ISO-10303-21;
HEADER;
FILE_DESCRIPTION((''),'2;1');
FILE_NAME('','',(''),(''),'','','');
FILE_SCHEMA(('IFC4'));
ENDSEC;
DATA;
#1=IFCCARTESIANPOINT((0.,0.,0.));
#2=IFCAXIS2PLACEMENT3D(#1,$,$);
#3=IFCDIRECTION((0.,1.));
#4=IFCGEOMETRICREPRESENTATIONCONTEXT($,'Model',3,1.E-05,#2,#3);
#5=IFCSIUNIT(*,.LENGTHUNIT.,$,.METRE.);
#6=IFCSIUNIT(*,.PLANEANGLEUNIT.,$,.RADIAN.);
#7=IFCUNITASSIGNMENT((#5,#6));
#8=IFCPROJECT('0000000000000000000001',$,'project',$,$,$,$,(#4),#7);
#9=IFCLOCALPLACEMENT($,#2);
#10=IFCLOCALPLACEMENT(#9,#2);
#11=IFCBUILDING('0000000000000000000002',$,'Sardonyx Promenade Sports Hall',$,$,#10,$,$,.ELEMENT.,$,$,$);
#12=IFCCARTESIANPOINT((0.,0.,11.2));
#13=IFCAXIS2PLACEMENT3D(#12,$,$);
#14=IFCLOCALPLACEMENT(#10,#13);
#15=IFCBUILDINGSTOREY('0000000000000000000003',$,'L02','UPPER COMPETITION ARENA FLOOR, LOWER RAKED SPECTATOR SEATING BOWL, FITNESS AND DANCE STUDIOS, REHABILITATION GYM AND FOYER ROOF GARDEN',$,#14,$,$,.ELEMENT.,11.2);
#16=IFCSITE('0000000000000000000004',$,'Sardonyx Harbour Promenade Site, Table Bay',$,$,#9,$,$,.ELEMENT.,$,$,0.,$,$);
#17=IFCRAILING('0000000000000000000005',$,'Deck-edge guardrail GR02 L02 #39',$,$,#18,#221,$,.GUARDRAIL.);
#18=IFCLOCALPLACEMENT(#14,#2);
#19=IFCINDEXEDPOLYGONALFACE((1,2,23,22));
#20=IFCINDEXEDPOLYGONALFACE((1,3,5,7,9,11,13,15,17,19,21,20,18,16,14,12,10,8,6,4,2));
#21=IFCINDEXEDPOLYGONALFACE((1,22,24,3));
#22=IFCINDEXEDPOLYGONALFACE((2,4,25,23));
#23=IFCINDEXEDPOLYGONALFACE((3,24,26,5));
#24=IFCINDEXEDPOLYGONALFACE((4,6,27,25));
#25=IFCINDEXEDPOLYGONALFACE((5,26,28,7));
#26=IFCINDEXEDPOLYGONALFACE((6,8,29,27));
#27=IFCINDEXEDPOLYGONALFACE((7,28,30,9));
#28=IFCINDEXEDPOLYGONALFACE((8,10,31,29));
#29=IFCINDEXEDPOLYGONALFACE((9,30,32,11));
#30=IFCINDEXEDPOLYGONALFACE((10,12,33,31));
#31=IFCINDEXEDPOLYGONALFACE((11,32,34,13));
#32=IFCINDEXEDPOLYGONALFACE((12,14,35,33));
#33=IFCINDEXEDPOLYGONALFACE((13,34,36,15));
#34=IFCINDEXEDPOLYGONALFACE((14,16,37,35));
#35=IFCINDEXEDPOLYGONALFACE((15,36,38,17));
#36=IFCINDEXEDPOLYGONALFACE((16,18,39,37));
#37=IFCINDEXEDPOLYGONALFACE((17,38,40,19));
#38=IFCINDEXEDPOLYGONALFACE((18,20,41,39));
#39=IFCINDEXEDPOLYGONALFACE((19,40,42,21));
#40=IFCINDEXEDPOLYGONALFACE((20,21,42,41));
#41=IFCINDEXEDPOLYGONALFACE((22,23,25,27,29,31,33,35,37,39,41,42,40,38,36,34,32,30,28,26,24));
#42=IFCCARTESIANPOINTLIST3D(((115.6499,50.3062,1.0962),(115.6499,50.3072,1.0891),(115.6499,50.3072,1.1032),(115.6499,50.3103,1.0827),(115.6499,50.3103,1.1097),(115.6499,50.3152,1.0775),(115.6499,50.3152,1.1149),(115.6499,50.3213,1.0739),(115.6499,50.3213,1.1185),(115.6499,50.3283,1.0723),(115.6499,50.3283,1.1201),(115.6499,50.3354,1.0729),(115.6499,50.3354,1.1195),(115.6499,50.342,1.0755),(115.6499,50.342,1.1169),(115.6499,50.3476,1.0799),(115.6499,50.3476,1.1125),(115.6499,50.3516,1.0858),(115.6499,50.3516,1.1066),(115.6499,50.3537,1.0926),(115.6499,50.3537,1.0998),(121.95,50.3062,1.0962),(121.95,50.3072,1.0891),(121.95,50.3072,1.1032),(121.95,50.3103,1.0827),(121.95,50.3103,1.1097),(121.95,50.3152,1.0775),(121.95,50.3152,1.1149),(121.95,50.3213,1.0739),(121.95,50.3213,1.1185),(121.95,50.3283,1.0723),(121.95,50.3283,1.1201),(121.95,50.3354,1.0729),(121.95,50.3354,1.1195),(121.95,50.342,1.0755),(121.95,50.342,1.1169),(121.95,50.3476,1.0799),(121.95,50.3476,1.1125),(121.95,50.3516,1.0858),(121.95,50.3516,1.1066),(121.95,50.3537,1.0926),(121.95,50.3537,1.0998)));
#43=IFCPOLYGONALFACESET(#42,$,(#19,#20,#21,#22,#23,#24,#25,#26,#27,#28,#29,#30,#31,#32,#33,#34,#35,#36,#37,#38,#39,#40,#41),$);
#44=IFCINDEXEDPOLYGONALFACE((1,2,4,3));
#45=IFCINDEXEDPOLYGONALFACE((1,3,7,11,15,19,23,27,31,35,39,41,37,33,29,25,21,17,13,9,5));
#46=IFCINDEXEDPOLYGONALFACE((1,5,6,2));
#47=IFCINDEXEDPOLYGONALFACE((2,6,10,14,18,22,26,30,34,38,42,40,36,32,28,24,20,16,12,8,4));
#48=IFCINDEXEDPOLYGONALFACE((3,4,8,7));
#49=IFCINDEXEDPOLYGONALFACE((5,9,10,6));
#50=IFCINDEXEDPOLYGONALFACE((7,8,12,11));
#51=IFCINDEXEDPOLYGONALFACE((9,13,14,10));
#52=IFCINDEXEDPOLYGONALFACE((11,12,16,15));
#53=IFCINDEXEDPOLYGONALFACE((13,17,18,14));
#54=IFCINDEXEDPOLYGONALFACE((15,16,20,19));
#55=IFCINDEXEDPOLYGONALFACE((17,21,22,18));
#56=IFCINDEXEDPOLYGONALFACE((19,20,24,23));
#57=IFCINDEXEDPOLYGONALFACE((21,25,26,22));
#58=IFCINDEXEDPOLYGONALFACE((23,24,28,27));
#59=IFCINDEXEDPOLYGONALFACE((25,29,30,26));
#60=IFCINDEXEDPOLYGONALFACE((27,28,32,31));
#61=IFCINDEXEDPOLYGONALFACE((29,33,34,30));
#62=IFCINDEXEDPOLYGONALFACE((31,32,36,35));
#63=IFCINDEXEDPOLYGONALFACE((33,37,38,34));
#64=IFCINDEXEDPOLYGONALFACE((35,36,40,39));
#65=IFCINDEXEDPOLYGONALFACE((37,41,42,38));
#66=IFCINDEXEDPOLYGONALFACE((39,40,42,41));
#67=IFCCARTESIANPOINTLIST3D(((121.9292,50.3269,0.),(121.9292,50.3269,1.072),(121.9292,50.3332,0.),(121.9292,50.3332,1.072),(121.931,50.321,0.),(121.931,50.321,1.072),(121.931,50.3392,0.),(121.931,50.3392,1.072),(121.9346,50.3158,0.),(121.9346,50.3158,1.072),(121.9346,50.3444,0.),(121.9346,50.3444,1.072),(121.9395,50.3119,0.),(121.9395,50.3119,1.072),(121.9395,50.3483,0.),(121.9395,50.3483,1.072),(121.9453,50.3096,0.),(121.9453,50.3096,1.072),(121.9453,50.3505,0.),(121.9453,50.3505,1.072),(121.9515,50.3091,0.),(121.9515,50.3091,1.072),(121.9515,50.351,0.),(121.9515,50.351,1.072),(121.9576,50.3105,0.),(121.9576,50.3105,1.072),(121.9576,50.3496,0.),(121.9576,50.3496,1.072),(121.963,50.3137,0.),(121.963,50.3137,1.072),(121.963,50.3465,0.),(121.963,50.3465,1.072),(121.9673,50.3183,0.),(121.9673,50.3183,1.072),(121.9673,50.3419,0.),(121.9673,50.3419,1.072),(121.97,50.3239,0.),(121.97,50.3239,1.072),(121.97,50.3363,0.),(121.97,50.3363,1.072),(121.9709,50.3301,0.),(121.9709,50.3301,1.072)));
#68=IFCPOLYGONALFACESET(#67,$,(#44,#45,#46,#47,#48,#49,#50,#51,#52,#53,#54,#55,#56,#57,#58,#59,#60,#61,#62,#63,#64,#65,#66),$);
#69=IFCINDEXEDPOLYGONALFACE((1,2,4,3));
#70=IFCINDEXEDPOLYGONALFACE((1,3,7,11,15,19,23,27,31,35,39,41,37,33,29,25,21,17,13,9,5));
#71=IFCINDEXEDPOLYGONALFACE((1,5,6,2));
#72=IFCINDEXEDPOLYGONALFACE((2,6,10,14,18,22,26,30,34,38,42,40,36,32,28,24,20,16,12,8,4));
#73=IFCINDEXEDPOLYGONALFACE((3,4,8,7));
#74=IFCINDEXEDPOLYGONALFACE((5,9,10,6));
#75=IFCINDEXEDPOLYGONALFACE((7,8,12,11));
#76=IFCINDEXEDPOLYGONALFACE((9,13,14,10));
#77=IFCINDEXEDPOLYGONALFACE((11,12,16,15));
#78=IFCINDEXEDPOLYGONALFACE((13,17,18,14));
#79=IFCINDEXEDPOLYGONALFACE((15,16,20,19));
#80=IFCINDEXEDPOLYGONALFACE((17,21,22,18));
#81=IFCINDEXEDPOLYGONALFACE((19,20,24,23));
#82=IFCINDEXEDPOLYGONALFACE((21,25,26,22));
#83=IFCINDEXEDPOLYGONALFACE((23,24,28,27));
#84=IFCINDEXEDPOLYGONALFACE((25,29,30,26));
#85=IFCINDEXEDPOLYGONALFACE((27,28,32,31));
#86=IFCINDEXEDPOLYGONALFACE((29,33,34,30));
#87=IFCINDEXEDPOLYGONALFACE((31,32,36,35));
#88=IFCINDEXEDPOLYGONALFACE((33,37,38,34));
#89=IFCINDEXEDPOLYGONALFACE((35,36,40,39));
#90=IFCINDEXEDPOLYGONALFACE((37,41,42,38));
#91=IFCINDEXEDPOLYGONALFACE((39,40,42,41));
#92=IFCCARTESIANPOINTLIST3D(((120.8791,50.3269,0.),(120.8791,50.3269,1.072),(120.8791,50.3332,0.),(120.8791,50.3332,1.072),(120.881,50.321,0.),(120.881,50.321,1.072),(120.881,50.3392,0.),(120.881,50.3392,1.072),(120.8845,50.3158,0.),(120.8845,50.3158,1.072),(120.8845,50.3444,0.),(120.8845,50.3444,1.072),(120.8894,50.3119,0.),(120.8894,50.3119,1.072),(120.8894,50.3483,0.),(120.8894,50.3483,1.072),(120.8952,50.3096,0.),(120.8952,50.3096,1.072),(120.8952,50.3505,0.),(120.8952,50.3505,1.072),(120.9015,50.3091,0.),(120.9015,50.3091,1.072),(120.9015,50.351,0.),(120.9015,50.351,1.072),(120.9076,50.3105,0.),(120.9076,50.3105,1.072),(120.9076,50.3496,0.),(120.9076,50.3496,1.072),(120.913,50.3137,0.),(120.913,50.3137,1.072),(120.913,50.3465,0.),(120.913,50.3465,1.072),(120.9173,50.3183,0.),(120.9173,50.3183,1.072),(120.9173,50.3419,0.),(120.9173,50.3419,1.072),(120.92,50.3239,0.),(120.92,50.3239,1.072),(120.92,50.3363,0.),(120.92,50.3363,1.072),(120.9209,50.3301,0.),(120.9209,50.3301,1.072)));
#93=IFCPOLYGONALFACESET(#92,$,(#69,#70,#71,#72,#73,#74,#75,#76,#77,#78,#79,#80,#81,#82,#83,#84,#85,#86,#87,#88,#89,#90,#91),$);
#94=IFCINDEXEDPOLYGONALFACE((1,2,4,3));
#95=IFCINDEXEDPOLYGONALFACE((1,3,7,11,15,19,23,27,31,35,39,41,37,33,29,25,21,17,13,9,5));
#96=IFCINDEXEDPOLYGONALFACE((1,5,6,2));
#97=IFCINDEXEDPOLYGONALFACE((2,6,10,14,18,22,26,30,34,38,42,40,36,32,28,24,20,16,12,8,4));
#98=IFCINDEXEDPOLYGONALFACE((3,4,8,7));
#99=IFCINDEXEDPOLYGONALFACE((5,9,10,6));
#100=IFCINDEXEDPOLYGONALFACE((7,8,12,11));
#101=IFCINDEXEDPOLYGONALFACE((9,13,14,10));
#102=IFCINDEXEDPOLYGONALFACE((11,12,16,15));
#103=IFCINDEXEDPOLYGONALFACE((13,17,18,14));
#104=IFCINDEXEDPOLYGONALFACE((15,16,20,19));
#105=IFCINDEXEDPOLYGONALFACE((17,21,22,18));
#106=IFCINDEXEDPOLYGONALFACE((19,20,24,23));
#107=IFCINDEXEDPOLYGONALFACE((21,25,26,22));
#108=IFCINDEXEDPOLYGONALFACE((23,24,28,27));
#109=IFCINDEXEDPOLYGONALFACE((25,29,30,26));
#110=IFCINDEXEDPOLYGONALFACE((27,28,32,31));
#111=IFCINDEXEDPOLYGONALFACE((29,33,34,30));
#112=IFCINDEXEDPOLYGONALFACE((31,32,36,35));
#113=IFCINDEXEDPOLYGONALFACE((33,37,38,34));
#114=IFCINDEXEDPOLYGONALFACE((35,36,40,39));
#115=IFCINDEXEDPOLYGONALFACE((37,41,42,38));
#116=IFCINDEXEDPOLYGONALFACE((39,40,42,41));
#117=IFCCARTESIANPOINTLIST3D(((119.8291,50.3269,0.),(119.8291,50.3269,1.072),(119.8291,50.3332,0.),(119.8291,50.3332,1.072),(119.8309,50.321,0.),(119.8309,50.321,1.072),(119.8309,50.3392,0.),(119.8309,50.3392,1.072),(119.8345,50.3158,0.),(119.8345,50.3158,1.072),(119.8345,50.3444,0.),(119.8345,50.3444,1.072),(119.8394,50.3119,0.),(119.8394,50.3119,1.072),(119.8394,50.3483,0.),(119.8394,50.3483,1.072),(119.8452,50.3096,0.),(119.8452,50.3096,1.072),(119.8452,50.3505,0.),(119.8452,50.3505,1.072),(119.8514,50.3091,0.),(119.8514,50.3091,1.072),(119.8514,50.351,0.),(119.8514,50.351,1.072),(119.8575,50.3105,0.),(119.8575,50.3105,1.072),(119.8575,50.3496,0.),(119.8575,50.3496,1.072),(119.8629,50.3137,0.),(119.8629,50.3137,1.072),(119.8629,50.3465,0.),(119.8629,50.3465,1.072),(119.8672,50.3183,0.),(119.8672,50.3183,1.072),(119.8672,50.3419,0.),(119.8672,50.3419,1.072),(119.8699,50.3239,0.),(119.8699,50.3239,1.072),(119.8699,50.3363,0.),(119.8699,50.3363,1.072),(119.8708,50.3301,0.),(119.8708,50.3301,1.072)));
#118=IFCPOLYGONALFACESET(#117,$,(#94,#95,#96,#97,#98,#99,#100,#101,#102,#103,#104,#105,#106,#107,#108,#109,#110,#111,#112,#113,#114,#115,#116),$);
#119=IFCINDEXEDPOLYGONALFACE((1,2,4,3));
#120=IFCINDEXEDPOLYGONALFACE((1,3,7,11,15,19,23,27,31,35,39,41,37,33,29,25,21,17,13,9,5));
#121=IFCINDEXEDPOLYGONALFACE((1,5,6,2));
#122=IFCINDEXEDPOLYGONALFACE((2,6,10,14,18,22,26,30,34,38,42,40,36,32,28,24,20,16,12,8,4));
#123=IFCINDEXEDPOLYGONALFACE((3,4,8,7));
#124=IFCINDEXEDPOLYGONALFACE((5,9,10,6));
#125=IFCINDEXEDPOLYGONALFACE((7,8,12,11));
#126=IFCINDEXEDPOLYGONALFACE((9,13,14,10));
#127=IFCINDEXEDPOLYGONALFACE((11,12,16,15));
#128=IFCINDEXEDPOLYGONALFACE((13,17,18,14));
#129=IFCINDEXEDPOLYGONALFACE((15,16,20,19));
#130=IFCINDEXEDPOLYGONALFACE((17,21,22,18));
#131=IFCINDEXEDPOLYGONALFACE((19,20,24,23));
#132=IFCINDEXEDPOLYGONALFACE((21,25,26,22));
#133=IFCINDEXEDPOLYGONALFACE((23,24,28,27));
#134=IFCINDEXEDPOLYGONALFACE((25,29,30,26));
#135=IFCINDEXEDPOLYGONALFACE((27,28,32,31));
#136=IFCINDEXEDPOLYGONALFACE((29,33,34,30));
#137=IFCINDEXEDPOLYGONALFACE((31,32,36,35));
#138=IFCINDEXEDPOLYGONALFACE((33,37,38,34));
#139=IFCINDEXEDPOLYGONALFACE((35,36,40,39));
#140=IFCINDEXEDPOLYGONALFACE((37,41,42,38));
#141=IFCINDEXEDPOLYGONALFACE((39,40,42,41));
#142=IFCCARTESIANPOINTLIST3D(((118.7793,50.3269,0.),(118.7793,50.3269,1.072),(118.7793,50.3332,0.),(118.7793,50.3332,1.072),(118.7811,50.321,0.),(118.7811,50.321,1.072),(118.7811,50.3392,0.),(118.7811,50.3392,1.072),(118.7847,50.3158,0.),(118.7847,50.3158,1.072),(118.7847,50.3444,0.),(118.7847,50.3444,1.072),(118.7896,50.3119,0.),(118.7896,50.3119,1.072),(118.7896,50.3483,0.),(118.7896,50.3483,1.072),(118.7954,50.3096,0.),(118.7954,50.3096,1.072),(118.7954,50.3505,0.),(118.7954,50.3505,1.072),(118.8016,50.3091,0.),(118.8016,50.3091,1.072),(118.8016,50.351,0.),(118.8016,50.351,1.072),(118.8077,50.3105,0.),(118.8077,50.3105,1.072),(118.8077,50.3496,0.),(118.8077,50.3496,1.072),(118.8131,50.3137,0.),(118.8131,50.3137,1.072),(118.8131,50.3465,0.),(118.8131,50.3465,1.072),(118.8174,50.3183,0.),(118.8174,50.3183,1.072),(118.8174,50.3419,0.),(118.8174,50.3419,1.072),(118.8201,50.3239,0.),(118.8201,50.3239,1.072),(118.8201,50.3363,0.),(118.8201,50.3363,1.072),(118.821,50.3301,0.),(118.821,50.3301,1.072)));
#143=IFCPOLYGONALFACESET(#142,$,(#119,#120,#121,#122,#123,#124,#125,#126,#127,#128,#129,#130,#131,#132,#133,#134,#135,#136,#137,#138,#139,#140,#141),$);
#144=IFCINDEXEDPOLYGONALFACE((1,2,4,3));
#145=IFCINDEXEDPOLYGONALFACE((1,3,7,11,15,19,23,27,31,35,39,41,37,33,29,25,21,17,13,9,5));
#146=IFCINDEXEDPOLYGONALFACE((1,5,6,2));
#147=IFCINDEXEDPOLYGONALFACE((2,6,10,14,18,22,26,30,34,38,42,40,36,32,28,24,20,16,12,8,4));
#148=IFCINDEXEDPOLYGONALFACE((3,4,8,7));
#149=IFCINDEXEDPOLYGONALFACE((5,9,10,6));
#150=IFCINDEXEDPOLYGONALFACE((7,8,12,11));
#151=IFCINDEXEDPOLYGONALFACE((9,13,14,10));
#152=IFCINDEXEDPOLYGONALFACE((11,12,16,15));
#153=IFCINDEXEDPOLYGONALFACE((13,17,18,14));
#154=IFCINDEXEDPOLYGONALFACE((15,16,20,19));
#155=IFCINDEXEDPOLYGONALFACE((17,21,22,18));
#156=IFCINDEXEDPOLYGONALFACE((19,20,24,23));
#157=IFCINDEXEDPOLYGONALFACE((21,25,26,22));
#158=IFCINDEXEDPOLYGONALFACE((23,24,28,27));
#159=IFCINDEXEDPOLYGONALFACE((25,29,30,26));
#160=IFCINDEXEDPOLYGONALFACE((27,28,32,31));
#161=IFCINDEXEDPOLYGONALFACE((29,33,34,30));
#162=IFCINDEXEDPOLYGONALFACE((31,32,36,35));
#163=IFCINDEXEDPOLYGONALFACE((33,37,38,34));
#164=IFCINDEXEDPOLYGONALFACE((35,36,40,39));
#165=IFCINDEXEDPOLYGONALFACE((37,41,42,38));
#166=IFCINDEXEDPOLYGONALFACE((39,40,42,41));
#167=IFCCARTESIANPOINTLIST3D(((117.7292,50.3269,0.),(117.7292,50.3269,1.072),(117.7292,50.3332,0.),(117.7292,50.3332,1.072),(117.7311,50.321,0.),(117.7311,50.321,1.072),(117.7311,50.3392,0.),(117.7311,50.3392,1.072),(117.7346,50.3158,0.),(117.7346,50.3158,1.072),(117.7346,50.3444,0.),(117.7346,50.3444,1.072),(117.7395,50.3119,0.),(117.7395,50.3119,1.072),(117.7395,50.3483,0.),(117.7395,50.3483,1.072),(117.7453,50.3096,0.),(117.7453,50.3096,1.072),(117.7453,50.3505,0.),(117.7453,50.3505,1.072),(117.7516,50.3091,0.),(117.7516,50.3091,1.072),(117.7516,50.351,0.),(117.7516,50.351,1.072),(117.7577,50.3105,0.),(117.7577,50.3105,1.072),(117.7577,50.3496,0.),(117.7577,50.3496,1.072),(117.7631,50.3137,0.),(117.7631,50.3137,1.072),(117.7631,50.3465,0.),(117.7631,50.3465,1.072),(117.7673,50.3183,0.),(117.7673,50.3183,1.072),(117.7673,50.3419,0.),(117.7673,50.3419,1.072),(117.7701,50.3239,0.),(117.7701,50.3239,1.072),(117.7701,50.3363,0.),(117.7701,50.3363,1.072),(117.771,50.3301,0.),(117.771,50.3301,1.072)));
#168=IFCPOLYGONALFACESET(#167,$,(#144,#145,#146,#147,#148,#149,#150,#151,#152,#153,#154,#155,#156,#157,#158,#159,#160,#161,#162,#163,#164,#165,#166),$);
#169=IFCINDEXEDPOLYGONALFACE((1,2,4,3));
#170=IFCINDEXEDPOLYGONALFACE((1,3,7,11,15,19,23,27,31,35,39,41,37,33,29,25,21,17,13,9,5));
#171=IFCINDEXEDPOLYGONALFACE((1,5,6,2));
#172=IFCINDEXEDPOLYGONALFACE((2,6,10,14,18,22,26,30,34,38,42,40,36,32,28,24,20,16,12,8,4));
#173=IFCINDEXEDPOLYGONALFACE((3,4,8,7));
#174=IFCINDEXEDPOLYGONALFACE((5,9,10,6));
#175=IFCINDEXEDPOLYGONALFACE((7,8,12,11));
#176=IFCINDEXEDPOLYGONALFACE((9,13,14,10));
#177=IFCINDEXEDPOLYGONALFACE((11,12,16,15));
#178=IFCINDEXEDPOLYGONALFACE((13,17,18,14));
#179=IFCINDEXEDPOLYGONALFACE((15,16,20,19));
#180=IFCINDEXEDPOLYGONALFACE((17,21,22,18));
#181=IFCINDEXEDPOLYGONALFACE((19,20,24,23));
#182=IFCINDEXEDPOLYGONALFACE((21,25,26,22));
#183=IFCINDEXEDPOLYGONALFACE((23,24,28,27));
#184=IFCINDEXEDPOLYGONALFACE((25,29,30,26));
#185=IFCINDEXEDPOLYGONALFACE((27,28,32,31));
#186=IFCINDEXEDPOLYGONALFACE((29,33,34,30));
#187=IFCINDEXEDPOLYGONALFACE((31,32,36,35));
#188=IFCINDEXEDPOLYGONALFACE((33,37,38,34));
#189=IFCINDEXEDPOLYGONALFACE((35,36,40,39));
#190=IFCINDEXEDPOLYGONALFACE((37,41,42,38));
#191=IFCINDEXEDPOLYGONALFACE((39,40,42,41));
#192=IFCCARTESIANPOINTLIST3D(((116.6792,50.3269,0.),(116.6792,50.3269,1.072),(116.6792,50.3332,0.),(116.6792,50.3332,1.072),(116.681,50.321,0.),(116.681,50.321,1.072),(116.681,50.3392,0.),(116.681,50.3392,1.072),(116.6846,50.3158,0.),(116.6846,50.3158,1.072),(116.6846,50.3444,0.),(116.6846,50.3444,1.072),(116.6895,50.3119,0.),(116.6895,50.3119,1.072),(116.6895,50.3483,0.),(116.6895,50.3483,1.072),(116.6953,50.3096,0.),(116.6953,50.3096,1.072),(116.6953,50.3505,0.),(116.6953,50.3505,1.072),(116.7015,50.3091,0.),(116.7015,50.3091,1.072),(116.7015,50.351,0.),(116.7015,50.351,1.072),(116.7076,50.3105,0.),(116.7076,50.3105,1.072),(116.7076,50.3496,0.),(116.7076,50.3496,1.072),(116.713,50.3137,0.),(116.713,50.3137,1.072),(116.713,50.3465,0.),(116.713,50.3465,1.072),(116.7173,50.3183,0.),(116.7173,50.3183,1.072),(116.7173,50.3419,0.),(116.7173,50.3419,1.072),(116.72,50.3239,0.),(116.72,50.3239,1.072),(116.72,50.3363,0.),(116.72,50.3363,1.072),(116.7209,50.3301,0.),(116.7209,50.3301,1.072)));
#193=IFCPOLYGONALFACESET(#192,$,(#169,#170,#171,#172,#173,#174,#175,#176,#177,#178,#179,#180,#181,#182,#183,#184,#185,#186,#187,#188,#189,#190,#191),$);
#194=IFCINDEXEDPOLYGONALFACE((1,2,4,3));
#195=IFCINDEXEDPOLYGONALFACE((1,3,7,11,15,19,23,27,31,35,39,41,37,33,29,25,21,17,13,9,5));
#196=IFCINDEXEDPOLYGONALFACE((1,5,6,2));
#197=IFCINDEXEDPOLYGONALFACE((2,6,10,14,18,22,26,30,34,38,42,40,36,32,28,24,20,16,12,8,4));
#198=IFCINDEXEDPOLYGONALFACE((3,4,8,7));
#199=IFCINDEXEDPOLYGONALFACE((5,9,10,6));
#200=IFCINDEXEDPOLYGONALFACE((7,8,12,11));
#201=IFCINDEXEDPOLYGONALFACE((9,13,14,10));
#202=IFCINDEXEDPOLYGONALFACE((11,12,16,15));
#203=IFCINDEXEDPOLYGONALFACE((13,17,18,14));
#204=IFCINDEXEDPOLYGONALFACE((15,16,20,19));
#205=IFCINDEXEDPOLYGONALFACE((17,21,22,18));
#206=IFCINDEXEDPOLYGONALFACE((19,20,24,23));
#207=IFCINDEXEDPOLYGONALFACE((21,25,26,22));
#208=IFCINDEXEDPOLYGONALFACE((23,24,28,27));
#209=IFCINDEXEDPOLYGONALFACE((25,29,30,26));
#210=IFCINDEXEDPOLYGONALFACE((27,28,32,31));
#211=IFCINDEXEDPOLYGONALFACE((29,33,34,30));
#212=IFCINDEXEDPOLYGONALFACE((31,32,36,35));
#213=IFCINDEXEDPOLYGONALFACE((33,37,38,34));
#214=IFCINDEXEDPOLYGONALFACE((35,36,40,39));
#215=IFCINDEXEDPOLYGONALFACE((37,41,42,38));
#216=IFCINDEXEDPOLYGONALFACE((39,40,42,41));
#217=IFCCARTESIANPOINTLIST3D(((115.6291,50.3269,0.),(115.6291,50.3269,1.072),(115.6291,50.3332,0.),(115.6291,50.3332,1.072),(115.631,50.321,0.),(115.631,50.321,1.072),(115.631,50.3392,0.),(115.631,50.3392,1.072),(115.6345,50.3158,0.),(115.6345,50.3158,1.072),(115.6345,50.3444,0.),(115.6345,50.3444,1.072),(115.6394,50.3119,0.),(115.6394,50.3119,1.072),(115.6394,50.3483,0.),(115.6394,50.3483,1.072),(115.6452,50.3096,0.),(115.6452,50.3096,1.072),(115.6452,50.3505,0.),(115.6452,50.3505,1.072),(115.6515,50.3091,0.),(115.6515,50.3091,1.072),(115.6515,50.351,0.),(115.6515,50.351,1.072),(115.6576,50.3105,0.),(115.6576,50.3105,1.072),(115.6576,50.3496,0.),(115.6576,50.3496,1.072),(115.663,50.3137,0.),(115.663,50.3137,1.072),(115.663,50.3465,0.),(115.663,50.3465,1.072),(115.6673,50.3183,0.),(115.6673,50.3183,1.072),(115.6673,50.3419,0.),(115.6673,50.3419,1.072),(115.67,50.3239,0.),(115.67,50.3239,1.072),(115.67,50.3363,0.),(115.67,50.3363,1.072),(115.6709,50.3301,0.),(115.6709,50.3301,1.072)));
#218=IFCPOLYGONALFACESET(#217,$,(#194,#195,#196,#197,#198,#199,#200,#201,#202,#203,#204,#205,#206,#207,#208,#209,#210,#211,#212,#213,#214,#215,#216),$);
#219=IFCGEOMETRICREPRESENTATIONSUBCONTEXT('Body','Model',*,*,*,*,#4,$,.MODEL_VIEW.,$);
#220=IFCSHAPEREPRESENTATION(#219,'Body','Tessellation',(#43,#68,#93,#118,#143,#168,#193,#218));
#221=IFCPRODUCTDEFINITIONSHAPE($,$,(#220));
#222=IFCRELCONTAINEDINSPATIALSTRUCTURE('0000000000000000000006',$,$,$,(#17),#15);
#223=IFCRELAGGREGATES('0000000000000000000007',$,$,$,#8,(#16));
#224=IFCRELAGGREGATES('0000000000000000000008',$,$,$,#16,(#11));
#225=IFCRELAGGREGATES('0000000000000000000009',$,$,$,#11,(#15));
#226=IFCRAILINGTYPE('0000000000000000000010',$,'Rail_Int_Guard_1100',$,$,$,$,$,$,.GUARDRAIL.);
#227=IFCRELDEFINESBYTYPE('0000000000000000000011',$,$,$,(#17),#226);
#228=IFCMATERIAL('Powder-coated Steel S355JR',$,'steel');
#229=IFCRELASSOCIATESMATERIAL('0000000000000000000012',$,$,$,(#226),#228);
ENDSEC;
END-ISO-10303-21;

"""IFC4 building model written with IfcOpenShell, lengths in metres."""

from ifc_helpers import new_model, si_unit, direction, frame, origin, origin_2d, place, context, subcontext, project, spatial, circle, extrude, material, type_object, element, save


model = new_model("IFC4")

# Units and contexts
model_context = context("Model", 3, precision=1e-05, world=origin(), true_north=direction((0.0, 1.0)))
body_context = subcontext(model_context, "Body", "Model", "MODEL_VIEW")
ifc_project = project(units=[si_unit("LENGTHUNIT", "METRE"), si_unit("PLANEANGLEUNIT", "RADIAN")], contexts=[model_context])

# Site, building, storey
site_placement = place(None, origin())
site = spatial("IfcSite", under=ifc_project, at=site_placement, Name="Sardonyx Harbour Promenade Site, Table Bay", CompositionType="ELEMENT", RefElevation=0.0)
building_placement = place(site_placement, origin())
building = spatial("IfcBuilding", under=site, at=building_placement, Name="Sardonyx Promenade Sports Hall", CompositionType="ELEMENT")
storey_placement = place(building_placement, frame((0.0, 0.0, 11.2)))
storey = spatial("IfcBuildingStorey", under=building, at=storey_placement, Name="L02", Description="UPPER COMPETITION ARENA FLOOR, LOWER RAKED SPECTATOR SEATING BOWL, FITNESS AND DANCE STUDIOS, REHABILITATION GYM AND FOYER ROOF GARDEN", CompositionType="ELEMENT", Elevation=11.2)

# Railing
ifc_material_1 = material(Name="Powder-coated Steel S355JR", Category="steel")
railing_type = type_object("IfcRailingType", Name="Rail_Int_Guard_1100", PredefinedType="GUARDRAIL", material=ifc_material_1)
railing_1_placement = place(storey_placement, frame((121.95, 50.3301, 0.0)))
element("IfcRailing", 1, at=railing_1_placement, inside=storey, type_object=railing_type, Name="Deck-edge guardrail GR02 L02 #39", PredefinedType="GUARDRAIL", context=body_context, shape_type="SweptSolid", body=[
    extrude(circle(Radius=0.0239, at=origin_2d()), frame((0.0, 0.0, 1.0962), z_axis=(-1.0, 0.0, 0.0), x_axis=(0.0, -1.0, 0.0)), (0.0, 0.0, 1.0), 6.3),
    extrude(circle(Radius=0.021, at=origin_2d()), origin(), (0.0, 0.0, 1.0), 1.072),
    extrude(circle(Radius=0.021, at=origin_2d()), frame((-1.05, 0.0, 0.0)), (0.0, 0.0, 1.0), 1.072),
    extrude(circle(Radius=0.021, at=origin_2d()), frame((-2.1001, 0.0, 0.0)), (0.0, 0.0, 1.0), 1.072),
    extrude(circle(Radius=0.021, at=origin_2d()), frame((-3.1499, 0.0, 0.0)), (0.0, 0.0, 1.0), 1.072),
    extrude(circle(Radius=0.021, at=origin_2d()), frame((-4.2, 0.0, 0.0)), (0.0, 0.0, 1.0), 1.072),
    extrude(circle(Radius=0.021, at=origin_2d()), frame((-5.25, 0.0, 0.0)), (0.0, 0.0, 1.0), 1.072),
    extrude(circle(Radius=0.021, at=origin_2d()), frame((-6.3, 0.0, 0.0)), (0.0, 0.0, 1.0), 1.072),
])

save(model, "model.ifc")
